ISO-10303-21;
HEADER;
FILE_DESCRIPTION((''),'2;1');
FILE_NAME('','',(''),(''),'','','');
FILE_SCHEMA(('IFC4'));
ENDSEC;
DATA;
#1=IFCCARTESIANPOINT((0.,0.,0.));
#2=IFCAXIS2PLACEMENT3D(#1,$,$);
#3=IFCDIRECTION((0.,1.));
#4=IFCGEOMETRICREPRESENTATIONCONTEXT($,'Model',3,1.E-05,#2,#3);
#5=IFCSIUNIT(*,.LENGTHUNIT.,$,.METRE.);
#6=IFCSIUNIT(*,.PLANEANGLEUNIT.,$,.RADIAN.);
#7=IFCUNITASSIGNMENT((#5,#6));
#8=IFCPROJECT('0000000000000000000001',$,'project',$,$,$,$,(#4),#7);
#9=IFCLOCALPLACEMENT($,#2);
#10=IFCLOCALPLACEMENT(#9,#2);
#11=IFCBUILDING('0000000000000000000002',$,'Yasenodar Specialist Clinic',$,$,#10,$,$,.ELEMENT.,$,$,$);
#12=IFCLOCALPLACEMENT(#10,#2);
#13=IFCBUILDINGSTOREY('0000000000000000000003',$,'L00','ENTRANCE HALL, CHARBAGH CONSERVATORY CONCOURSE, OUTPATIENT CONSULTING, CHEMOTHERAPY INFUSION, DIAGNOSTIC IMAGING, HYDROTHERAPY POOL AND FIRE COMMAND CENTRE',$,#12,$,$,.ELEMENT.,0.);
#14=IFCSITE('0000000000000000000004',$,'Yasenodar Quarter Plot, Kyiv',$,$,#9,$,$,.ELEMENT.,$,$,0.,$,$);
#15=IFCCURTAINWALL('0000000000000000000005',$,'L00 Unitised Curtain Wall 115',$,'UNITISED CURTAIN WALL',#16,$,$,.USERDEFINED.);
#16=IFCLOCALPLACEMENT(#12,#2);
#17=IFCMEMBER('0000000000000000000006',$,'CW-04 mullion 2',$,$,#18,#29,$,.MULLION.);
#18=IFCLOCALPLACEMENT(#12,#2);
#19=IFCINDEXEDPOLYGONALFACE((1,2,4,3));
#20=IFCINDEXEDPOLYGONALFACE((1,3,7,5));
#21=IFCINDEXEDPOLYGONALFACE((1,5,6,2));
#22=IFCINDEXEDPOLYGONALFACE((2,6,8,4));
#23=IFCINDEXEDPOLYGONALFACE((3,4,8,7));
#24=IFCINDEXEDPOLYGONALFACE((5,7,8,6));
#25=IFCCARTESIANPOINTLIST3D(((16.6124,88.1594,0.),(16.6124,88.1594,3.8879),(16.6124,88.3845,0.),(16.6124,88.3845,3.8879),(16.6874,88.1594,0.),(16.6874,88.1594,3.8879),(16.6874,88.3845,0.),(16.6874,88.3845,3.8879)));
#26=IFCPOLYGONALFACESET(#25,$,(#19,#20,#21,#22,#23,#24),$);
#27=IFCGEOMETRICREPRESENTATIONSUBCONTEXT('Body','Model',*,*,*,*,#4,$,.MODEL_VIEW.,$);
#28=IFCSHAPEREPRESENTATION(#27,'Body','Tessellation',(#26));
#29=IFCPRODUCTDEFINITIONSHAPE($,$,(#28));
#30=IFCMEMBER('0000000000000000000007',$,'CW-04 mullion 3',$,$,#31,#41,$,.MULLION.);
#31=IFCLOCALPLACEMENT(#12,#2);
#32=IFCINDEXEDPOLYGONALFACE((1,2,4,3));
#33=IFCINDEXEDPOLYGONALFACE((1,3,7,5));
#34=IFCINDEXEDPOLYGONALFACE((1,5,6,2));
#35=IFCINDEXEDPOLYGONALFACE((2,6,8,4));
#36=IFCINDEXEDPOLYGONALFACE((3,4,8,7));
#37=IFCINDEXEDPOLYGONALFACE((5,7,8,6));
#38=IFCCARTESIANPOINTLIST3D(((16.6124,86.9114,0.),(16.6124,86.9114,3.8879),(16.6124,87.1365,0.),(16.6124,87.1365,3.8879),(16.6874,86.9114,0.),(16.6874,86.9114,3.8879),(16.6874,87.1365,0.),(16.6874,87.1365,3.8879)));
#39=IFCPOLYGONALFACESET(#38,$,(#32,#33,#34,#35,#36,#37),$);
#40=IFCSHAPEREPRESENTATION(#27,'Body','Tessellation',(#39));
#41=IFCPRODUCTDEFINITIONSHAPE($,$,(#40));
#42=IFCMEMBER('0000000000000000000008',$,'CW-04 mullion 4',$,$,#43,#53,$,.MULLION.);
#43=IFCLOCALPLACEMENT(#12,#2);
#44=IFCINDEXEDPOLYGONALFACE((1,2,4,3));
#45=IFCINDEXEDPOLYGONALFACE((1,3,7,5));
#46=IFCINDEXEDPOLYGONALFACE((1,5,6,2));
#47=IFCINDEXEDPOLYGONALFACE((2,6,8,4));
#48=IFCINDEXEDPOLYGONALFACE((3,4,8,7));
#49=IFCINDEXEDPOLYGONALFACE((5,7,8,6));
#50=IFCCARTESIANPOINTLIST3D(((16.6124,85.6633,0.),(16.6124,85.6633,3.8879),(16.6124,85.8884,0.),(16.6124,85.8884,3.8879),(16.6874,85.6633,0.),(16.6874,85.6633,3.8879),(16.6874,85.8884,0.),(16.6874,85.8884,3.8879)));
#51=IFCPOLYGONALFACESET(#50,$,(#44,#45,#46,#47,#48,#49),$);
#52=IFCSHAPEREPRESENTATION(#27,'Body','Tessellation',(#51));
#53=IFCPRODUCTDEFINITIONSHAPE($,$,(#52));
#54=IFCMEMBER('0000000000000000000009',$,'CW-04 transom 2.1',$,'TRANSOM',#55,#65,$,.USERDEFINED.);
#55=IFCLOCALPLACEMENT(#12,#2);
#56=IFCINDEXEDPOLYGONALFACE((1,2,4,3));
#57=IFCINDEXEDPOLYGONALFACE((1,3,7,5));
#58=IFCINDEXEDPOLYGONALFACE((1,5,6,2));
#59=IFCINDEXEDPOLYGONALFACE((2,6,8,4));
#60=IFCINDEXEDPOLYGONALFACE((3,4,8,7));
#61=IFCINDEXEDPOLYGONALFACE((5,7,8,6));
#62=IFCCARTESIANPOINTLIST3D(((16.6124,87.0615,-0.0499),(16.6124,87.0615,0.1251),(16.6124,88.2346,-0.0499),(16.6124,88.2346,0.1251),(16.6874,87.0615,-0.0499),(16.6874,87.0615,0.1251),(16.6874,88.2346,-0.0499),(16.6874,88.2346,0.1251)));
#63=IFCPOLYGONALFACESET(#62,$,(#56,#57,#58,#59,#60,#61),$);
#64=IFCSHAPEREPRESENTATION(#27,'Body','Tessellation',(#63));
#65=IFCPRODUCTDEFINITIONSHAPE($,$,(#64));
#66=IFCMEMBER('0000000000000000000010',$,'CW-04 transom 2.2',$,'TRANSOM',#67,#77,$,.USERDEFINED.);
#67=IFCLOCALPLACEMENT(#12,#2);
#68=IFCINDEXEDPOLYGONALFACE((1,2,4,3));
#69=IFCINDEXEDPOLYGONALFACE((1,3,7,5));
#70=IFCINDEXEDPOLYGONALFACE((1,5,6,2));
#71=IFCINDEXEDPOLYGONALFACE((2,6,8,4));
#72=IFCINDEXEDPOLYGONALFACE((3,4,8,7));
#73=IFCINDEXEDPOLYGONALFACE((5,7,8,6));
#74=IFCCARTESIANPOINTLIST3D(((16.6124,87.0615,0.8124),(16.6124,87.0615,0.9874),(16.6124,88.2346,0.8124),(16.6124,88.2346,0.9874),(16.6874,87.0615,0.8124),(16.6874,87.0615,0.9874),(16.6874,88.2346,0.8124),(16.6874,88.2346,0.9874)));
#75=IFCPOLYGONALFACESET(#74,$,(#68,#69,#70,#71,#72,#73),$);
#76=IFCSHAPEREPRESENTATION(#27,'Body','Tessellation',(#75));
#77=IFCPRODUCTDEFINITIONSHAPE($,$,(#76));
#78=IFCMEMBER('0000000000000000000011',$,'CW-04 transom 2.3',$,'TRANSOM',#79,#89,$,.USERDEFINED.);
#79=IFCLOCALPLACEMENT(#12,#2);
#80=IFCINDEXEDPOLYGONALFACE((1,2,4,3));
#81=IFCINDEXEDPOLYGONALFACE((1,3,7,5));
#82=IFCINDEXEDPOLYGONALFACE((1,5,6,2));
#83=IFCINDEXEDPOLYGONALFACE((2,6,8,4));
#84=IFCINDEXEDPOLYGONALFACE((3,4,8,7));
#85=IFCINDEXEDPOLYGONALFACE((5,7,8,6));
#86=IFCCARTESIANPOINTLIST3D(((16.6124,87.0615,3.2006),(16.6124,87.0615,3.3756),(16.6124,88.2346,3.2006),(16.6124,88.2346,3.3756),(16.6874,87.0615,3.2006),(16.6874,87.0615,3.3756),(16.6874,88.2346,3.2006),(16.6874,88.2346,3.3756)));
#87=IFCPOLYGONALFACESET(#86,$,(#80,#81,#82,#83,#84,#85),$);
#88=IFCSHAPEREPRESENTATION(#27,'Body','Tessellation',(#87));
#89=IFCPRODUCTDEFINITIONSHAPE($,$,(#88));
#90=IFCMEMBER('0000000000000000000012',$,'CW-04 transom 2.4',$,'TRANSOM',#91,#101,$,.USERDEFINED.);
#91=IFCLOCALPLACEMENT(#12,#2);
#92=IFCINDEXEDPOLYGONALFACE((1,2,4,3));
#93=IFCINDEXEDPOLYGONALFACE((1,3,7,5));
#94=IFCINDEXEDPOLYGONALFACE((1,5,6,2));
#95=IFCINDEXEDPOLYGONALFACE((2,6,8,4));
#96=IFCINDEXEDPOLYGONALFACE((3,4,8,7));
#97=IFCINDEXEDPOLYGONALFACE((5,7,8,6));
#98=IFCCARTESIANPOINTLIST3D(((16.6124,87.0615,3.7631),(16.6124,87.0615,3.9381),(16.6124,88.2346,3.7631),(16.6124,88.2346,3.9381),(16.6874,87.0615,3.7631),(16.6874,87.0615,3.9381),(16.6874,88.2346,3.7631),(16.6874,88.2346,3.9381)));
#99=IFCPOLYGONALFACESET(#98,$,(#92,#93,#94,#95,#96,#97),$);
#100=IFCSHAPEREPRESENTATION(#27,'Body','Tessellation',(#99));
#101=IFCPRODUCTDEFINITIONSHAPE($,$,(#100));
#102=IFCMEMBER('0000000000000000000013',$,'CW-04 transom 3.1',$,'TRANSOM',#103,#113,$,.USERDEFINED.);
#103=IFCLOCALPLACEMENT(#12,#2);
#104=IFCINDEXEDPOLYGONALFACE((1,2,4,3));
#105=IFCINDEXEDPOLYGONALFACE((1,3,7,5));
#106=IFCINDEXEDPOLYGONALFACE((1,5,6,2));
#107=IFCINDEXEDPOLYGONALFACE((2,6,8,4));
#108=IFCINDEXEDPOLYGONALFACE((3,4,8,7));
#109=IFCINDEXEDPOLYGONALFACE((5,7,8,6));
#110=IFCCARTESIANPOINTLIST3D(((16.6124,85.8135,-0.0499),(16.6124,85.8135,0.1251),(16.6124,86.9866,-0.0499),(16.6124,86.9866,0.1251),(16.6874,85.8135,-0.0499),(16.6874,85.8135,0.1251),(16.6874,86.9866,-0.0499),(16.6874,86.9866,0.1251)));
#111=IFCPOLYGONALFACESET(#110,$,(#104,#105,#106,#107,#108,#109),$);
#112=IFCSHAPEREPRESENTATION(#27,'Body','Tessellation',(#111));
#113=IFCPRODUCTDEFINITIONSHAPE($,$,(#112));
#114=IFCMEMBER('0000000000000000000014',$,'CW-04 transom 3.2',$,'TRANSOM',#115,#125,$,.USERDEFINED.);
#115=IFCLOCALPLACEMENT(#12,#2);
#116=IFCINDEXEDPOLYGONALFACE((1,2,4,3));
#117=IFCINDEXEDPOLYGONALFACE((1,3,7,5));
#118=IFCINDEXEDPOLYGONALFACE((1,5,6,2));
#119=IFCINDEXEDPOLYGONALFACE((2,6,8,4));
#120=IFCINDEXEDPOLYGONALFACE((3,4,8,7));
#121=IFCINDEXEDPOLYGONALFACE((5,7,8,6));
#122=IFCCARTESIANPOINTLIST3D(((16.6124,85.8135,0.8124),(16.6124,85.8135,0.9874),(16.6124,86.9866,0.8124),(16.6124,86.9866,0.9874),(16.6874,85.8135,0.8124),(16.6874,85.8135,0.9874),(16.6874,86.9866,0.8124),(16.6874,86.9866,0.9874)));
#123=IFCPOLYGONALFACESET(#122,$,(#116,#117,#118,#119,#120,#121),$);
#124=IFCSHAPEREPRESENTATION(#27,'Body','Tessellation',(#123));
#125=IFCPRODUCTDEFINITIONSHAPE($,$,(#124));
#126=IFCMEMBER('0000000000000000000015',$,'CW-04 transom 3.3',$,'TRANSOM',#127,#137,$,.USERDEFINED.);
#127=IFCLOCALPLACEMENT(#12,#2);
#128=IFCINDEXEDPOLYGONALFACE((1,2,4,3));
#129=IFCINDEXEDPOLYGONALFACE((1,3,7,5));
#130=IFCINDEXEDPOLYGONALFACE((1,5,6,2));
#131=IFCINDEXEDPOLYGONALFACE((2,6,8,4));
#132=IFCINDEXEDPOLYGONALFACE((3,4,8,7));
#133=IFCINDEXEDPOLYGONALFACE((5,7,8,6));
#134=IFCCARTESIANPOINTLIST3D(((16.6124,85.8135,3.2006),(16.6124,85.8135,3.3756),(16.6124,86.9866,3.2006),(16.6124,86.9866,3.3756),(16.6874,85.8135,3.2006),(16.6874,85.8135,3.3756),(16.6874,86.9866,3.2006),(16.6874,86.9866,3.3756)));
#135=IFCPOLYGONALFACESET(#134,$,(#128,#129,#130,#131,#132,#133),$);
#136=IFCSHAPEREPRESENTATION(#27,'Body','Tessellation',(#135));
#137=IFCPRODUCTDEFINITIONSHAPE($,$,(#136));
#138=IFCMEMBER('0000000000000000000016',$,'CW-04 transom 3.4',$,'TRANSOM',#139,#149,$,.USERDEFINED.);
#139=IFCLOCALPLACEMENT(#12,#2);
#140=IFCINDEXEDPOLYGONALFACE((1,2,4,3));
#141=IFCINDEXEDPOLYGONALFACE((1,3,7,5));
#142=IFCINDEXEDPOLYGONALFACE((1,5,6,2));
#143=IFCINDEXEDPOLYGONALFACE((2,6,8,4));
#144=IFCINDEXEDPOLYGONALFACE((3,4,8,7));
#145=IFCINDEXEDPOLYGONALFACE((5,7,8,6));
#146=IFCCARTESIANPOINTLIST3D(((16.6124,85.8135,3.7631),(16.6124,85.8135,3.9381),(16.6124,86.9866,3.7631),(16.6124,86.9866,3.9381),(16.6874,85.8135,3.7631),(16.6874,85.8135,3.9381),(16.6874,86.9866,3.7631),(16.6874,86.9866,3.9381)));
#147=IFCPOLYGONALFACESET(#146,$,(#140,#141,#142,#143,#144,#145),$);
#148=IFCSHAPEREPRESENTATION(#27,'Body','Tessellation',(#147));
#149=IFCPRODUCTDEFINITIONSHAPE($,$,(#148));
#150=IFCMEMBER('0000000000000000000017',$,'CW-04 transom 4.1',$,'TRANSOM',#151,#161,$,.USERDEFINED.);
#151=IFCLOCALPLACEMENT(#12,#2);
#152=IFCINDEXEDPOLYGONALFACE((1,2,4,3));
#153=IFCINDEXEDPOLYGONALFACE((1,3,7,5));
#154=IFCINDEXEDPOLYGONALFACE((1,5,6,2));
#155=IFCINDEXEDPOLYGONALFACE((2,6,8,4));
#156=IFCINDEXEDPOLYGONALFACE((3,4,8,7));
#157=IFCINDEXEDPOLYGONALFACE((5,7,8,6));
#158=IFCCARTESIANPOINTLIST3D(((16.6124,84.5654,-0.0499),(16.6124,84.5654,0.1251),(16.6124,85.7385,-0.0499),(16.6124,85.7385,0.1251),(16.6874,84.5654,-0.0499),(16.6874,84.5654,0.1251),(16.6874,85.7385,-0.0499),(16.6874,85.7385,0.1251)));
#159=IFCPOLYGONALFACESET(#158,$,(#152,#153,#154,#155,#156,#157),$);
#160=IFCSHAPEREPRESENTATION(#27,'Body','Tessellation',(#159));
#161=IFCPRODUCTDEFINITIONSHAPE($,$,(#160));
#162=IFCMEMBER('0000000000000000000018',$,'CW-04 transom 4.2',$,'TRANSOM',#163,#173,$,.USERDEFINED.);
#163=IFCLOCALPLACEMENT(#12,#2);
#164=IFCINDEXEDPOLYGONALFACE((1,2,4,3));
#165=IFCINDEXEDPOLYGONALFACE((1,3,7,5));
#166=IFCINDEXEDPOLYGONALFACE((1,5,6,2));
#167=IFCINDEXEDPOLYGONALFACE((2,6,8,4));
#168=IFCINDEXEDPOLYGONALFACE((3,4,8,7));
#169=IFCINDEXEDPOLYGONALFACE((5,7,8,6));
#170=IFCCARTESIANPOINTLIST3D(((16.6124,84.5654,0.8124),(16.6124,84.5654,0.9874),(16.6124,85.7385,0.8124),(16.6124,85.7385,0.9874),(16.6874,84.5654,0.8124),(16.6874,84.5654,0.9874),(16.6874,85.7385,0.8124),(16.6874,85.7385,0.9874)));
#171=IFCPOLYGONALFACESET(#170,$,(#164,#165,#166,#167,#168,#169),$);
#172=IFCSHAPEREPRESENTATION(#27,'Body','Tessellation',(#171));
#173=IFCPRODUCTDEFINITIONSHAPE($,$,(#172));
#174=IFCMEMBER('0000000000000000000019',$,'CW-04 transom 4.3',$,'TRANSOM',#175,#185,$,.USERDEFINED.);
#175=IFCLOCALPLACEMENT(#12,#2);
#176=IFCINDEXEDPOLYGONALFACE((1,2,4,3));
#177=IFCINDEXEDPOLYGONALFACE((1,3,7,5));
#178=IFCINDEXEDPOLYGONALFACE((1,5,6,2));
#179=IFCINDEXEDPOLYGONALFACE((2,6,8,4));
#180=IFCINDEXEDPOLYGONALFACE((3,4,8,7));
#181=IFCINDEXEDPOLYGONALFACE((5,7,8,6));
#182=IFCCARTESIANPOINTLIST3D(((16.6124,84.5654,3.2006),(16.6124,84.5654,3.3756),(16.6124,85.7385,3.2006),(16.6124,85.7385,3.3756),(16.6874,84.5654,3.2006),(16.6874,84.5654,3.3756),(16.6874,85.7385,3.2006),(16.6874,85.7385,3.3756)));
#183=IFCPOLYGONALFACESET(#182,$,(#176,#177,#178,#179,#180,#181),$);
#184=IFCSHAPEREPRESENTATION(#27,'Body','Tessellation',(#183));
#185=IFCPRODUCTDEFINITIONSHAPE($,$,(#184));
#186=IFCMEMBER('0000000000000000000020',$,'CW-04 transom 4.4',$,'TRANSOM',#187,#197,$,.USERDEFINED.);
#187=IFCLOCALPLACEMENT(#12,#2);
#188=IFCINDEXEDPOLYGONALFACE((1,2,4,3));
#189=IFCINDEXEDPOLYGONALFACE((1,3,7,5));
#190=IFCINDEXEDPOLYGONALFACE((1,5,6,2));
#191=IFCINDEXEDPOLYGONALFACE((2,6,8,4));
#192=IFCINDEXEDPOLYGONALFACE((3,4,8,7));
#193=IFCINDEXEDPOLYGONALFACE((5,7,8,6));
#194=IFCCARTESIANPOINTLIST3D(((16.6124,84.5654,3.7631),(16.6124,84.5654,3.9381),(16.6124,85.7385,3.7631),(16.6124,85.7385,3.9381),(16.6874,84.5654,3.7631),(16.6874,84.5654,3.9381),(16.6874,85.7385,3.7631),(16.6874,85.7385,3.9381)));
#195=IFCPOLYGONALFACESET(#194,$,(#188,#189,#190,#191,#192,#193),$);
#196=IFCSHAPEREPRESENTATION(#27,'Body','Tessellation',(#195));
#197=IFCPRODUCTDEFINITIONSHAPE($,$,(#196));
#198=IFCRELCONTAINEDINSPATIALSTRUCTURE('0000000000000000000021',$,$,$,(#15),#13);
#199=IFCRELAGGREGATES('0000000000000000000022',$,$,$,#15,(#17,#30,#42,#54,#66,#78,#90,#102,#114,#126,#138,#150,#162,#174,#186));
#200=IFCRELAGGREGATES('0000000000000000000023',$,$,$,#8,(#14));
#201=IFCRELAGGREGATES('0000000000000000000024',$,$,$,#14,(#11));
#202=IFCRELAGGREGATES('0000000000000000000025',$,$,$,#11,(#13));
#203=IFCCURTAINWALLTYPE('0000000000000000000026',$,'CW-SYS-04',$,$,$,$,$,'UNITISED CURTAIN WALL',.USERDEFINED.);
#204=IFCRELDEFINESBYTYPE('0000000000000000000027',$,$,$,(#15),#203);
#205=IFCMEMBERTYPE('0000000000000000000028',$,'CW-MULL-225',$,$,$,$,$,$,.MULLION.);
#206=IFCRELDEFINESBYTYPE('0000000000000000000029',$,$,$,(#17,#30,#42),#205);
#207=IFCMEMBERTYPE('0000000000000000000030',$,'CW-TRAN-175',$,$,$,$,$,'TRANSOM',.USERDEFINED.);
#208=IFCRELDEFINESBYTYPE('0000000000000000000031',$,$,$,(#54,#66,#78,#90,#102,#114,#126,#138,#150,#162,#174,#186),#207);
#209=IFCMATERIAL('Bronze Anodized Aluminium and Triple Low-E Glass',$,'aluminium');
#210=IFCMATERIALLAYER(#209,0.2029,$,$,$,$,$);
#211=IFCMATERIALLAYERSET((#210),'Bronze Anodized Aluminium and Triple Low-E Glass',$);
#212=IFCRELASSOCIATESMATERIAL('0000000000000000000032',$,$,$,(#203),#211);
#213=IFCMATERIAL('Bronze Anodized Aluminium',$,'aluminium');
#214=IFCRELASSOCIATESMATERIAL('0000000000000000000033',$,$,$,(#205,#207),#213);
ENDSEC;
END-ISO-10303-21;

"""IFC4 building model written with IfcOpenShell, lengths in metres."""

from ifc_helpers import new_model, si_unit, direction, frame, origin, origin_2d, place, context, subcontext, project, spatial, rectangle, extrude, material, layer, layer_set, material_profile, profile_set, type_object, element, aggregate, save


model = new_model("IFC4")

# Units and contexts
model_context = context("Model", 3, precision=1e-05, world=origin(), true_north=direction((0.0, 1.0)))
body_context = subcontext(model_context, "Body", "Model", "MODEL_VIEW")
ifc_project = project(units=[si_unit("LENGTHUNIT", "METRE"), si_unit("PLANEANGLEUNIT", "RADIAN")], contexts=[model_context])

# Site, building, storey
site_placement = place(None, origin())
site = spatial("IfcSite", under=ifc_project, at=site_placement, Name="Yasenodar Quarter Plot, Kyiv", CompositionType="ELEMENT", RefElevation=0.0)
building_placement = place(site_placement, origin())
building = spatial("IfcBuilding", under=site, at=building_placement, Name="Yasenodar Specialist Clinic", CompositionType="ELEMENT")
storey_placement = place(building_placement, origin())
storey = spatial("IfcBuildingStorey", under=building, at=storey_placement, Name="L00", Description="ENTRANCE HALL, CHARBAGH CONSERVATORY CONCOURSE, OUTPATIENT CONSULTING, CHEMOTHERAPY INFUSION, DIAGNOSTIC IMAGING, HYDROTHERAPY POOL AND FIRE COMMAND CENTRE", CompositionType="ELEMENT", Elevation=0.0)

# Curtain wall, members
ifc_material_1 = material(Name="Bronze Anodized Aluminium and Triple Low-E Glass", Category="aluminium")
ifc_layer_1 = layer(ifc_material_1, 0.2029)
ifc_layer_set_1 = layer_set([ifc_layer_1], Name="Bronze Anodized Aluminium and Triple Low-E Glass")
curtain_wall_type = type_object("IfcCurtainWallType", Name="CW-SYS-04", ElementType="UNITISED CURTAIN WALL", PredefinedType="USERDEFINED", material=ifc_layer_set_1)
curtain_wall_placement = place(storey_placement, origin())
curtain_wall = element("IfcCurtainWall", 1, at=curtain_wall_placement, inside=storey, type_object=curtain_wall_type, Name="L00 Unitised Curtain Wall 115", ObjectType="UNITISED CURTAIN WALL", PredefinedType="USERDEFINED")
ifc_material_2 = material(Name="Bronze Anodized Aluminium", Category="aluminium")
ifc_material_profile_1 = material_profile(ifc_material_2, rectangle(XDim=0.075, YDim=0.2251, at=origin_2d()), Name="CW-MULL 75x225")
ifc_profile_set_1 = profile_set([ifc_material_profile_1], Name="Bronze Anodized Aluminium")
member_type_1 = type_object("IfcMemberType", Name="CW-MULL-225", PredefinedType="MULLION", material=ifc_profile_set_1)
member_1_placement = place(storey_placement, frame((16.6499, 88.272, 0.0), z_axis=(0.0, 0.0, 1.0), x_axis=(1.0, 0.0, 0.0)))
member_1 = element("IfcMember", 2, at=member_1_placement, type_object=member_type_1, Name="CW-04 mullion 2", PredefinedType="MULLION", context=body_context, shape_type="SweptSolid", body=[
    extrude(rectangle(XDim=0.075, YDim=0.2251, at=origin_2d()), origin(), (0.0, 0.0, 1.0), 3.8879),
])
member_2_placement = place(storey_placement, frame((16.6499, 87.0239, 0.0), z_axis=(0.0, 0.0, 1.0), x_axis=(1.0, 0.0, 0.0)))
member_2 = element("IfcMember", 3, at=member_2_placement, type_object=member_type_1, Name="CW-04 mullion 3", PredefinedType="MULLION", context=body_context, shape_type="SweptSolid", body=[
    extrude(rectangle(XDim=0.075, YDim=0.2251, at=origin_2d()), origin(), (0.0, 0.0, 1.0), 3.8879),
])
member_3_placement = place(storey_placement, frame((16.6499, 85.7759, 0.0), z_axis=(0.0, 0.0, 1.0), x_axis=(1.0, 0.0, 0.0)))
member_3 = element("IfcMember", 4, at=member_3_placement, type_object=member_type_1, Name="CW-04 mullion 4", PredefinedType="MULLION", context=body_context, shape_type="SweptSolid", body=[
    extrude(rectangle(XDim=0.075, YDim=0.2251, at=origin_2d()), origin(), (0.0, 0.0, 1.0), 3.8879),
])
ifc_material_profile_2 = material_profile(ifc_material_2, rectangle(XDim=0.075, YDim=0.175, at=origin_2d()), Name="CW-TRAN 75x175")
ifc_profile_set_2 = profile_set([ifc_material_profile_2], Name="Bronze Anodized Aluminium")
member_type_2 = type_object("IfcMemberType", Name="CW-TRAN-175", ElementType="TRANSOM", PredefinedType="USERDEFINED", material=ifc_profile_set_2)
member_4_placement = place(storey_placement, frame((16.6499, 88.2346, 0.0376), z_axis=(0.0, -1.0, 0.0), x_axis=(1.0, 0.0, 0.0)))
member_4 = element("IfcMember", 5, at=member_4_placement, type_object=member_type_2, Name="CW-04 transom 2.1", ObjectType="TRANSOM", PredefinedType="USERDEFINED", context=body_context, shape_type="SweptSolid", body=[
    extrude(rectangle(XDim=0.075, YDim=0.175, at=origin_2d()), origin(), (0.0, 0.0, 1.0), 1.1731),
])
member_5_placement = place(storey_placement, frame((16.6499, 88.2346, 0.8999), z_axis=(0.0, -1.0, 0.0), x_axis=(1.0, 0.0, 0.0)))
member_5 = element("IfcMember", 6, at=member_5_placement, type_object=member_type_2, Name="CW-04 transom 2.2", ObjectType="TRANSOM", PredefinedType="USERDEFINED", context=body_context, shape_type="SweptSolid", body=[
    extrude(rectangle(XDim=0.075, YDim=0.175, at=origin_2d()), origin(), (0.0, 0.0, 1.0), 1.1731),
])
member_6_placement = place(storey_placement, frame((16.6499, 88.2346, 3.2881), z_axis=(0.0, -1.0, 0.0), x_axis=(1.0, 0.0, 0.0)))
member_6 = element("IfcMember", 7, at=member_6_placement, type_object=member_type_2, Name="CW-04 transom 2.3", ObjectType="TRANSOM", PredefinedType="USERDEFINED", context=body_context, shape_type="SweptSolid", body=[
    extrude(rectangle(XDim=0.075, YDim=0.175, at=origin_2d()), origin(), (0.0, 0.0, 1.0), 1.1731),
])
member_7_placement = place(storey_placement, frame((16.6499, 88.2346, 3.8506), z_axis=(0.0, -1.0, 0.0), x_axis=(1.0, 0.0, 0.0)))
member_7 = element("IfcMember", 8, at=member_7_placement, type_object=member_type_2, Name="CW-04 transom 2.4", ObjectType="TRANSOM", PredefinedType="USERDEFINED", context=body_context, shape_type="SweptSolid", body=[
    extrude(rectangle(XDim=0.075, YDim=0.175, at=origin_2d()), origin(), (0.0, 0.0, 1.0), 1.1731),
])
member_8_placement = place(storey_placement, frame((16.6499, 86.9866, 0.0376), z_axis=(0.0, -1.0, 0.0), x_axis=(1.0, 0.0, 0.0)))
member_8 = element("IfcMember", 9, at=member_8_placement, type_object=member_type_2, Name="CW-04 transom 3.1", ObjectType="TRANSOM", PredefinedType="USERDEFINED", context=body_context, shape_type="SweptSolid", body=[
    extrude(rectangle(XDim=0.075, YDim=0.175, at=origin_2d()), origin(), (0.0, 0.0, 1.0), 1.1731),
])
member_9_placement = place(storey_placement, frame((16.6499, 86.9866, 0.8999), z_axis=(0.0, -1.0, 0.0), x_axis=(1.0, 0.0, 0.0)))
member_9 = element("IfcMember", 10, at=member_9_placement, type_object=member_type_2, Name="CW-04 transom 3.2", ObjectType="TRANSOM", PredefinedType="USERDEFINED", context=body_context, shape_type="SweptSolid", body=[
    extrude(rectangle(XDim=0.075, YDim=0.175, at=origin_2d()), origin(), (0.0, 0.0, 1.0), 1.1731),
])
member_10_placement = place(storey_placement, frame((16.6499, 86.9866, 3.2881), z_axis=(0.0, -1.0, 0.0), x_axis=(1.0, 0.0, 0.0)))
member_10 = element("IfcMember", 11, at=member_10_placement, type_object=member_type_2, Name="CW-04 transom 3.3", ObjectType="TRANSOM", PredefinedType="USERDEFINED", context=body_context, shape_type="SweptSolid", body=[
    extrude(rectangle(XDim=0.075, YDim=0.175, at=origin_2d()), origin(), (0.0, 0.0, 1.0), 1.1731),
])
member_11_placement = place(storey_placement, frame((16.6499, 86.9866, 3.8506), z_axis=(0.0, -1.0, 0.0), x_axis=(1.0, 0.0, 0.0)))
member_11 = element("IfcMember", 12, at=member_11_placement, type_object=member_type_2, Name="CW-04 transom 3.4", ObjectType="TRANSOM", PredefinedType="USERDEFINED", context=body_context, shape_type="SweptSolid", body=[
    extrude(rectangle(XDim=0.075, YDim=0.175, at=origin_2d()), origin(), (0.0, 0.0, 1.0), 1.1731),
])
member_12_placement = place(storey_placement, frame((16.6499, 85.7385, 0.0376), z_axis=(0.0, -1.0, 0.0), x_axis=(1.0, 0.0, 0.0)))
member_12 = element("IfcMember", 13, at=member_12_placement, type_object=member_type_2, Name="CW-04 transom 4.1", ObjectType="TRANSOM", PredefinedType="USERDEFINED", context=body_context, shape_type="SweptSolid", body=[
    extrude(rectangle(XDim=0.075, YDim=0.175, at=origin_2d()), origin(), (0.0, 0.0, 1.0), 1.1731),
])
member_13_placement = place(storey_placement, frame((16.6499, 85.7385, 0.8999), z_axis=(0.0, -1.0, 0.0), x_axis=(1.0, 0.0, 0.0)))
member_13 = element("IfcMember", 14, at=member_13_placement, type_object=member_type_2, Name="CW-04 transom 4.2", ObjectType="TRANSOM", PredefinedType="USERDEFINED", context=body_context, shape_type="SweptSolid", body=[
    extrude(rectangle(XDim=0.075, YDim=0.175, at=origin_2d()), origin(), (0.0, 0.0, 1.0), 1.1731),
])
member_14_placement = place(storey_placement, frame((16.6499, 85.7385, 3.2881), z_axis=(0.0, -1.0, 0.0), x_axis=(1.0, 0.0, 0.0)))
member_14 = element("IfcMember", 15, at=member_14_placement, type_object=member_type_2, Name="CW-04 transom 4.3", ObjectType="TRANSOM", PredefinedType="USERDEFINED", context=body_context, shape_type="SweptSolid", body=[
    extrude(rectangle(XDim=0.075, YDim=0.175, at=origin_2d()), origin(), (0.0, 0.0, 1.0), 1.1731),
])
member_15_placement = place(storey_placement, frame((16.6499, 85.7385, 3.8506), z_axis=(0.0, -1.0, 0.0), x_axis=(1.0, 0.0, 0.0)))
member_15 = element("IfcMember", 16, at=member_15_placement, type_object=member_type_2, Name="CW-04 transom 4.4", ObjectType="TRANSOM", PredefinedType="USERDEFINED", context=body_context, shape_type="SweptSolid", body=[
    extrude(rectangle(XDim=0.075, YDim=0.175, at=origin_2d()), origin(), (0.0, 0.0, 1.0), 1.1731),
])
aggregate(curtain_wall, [member_1, member_2, member_3, member_4, member_5, member_6, member_7, member_8, member_9, member_10, member_11, member_12, member_13, member_14, member_15])

save(model, "model.ifc")
